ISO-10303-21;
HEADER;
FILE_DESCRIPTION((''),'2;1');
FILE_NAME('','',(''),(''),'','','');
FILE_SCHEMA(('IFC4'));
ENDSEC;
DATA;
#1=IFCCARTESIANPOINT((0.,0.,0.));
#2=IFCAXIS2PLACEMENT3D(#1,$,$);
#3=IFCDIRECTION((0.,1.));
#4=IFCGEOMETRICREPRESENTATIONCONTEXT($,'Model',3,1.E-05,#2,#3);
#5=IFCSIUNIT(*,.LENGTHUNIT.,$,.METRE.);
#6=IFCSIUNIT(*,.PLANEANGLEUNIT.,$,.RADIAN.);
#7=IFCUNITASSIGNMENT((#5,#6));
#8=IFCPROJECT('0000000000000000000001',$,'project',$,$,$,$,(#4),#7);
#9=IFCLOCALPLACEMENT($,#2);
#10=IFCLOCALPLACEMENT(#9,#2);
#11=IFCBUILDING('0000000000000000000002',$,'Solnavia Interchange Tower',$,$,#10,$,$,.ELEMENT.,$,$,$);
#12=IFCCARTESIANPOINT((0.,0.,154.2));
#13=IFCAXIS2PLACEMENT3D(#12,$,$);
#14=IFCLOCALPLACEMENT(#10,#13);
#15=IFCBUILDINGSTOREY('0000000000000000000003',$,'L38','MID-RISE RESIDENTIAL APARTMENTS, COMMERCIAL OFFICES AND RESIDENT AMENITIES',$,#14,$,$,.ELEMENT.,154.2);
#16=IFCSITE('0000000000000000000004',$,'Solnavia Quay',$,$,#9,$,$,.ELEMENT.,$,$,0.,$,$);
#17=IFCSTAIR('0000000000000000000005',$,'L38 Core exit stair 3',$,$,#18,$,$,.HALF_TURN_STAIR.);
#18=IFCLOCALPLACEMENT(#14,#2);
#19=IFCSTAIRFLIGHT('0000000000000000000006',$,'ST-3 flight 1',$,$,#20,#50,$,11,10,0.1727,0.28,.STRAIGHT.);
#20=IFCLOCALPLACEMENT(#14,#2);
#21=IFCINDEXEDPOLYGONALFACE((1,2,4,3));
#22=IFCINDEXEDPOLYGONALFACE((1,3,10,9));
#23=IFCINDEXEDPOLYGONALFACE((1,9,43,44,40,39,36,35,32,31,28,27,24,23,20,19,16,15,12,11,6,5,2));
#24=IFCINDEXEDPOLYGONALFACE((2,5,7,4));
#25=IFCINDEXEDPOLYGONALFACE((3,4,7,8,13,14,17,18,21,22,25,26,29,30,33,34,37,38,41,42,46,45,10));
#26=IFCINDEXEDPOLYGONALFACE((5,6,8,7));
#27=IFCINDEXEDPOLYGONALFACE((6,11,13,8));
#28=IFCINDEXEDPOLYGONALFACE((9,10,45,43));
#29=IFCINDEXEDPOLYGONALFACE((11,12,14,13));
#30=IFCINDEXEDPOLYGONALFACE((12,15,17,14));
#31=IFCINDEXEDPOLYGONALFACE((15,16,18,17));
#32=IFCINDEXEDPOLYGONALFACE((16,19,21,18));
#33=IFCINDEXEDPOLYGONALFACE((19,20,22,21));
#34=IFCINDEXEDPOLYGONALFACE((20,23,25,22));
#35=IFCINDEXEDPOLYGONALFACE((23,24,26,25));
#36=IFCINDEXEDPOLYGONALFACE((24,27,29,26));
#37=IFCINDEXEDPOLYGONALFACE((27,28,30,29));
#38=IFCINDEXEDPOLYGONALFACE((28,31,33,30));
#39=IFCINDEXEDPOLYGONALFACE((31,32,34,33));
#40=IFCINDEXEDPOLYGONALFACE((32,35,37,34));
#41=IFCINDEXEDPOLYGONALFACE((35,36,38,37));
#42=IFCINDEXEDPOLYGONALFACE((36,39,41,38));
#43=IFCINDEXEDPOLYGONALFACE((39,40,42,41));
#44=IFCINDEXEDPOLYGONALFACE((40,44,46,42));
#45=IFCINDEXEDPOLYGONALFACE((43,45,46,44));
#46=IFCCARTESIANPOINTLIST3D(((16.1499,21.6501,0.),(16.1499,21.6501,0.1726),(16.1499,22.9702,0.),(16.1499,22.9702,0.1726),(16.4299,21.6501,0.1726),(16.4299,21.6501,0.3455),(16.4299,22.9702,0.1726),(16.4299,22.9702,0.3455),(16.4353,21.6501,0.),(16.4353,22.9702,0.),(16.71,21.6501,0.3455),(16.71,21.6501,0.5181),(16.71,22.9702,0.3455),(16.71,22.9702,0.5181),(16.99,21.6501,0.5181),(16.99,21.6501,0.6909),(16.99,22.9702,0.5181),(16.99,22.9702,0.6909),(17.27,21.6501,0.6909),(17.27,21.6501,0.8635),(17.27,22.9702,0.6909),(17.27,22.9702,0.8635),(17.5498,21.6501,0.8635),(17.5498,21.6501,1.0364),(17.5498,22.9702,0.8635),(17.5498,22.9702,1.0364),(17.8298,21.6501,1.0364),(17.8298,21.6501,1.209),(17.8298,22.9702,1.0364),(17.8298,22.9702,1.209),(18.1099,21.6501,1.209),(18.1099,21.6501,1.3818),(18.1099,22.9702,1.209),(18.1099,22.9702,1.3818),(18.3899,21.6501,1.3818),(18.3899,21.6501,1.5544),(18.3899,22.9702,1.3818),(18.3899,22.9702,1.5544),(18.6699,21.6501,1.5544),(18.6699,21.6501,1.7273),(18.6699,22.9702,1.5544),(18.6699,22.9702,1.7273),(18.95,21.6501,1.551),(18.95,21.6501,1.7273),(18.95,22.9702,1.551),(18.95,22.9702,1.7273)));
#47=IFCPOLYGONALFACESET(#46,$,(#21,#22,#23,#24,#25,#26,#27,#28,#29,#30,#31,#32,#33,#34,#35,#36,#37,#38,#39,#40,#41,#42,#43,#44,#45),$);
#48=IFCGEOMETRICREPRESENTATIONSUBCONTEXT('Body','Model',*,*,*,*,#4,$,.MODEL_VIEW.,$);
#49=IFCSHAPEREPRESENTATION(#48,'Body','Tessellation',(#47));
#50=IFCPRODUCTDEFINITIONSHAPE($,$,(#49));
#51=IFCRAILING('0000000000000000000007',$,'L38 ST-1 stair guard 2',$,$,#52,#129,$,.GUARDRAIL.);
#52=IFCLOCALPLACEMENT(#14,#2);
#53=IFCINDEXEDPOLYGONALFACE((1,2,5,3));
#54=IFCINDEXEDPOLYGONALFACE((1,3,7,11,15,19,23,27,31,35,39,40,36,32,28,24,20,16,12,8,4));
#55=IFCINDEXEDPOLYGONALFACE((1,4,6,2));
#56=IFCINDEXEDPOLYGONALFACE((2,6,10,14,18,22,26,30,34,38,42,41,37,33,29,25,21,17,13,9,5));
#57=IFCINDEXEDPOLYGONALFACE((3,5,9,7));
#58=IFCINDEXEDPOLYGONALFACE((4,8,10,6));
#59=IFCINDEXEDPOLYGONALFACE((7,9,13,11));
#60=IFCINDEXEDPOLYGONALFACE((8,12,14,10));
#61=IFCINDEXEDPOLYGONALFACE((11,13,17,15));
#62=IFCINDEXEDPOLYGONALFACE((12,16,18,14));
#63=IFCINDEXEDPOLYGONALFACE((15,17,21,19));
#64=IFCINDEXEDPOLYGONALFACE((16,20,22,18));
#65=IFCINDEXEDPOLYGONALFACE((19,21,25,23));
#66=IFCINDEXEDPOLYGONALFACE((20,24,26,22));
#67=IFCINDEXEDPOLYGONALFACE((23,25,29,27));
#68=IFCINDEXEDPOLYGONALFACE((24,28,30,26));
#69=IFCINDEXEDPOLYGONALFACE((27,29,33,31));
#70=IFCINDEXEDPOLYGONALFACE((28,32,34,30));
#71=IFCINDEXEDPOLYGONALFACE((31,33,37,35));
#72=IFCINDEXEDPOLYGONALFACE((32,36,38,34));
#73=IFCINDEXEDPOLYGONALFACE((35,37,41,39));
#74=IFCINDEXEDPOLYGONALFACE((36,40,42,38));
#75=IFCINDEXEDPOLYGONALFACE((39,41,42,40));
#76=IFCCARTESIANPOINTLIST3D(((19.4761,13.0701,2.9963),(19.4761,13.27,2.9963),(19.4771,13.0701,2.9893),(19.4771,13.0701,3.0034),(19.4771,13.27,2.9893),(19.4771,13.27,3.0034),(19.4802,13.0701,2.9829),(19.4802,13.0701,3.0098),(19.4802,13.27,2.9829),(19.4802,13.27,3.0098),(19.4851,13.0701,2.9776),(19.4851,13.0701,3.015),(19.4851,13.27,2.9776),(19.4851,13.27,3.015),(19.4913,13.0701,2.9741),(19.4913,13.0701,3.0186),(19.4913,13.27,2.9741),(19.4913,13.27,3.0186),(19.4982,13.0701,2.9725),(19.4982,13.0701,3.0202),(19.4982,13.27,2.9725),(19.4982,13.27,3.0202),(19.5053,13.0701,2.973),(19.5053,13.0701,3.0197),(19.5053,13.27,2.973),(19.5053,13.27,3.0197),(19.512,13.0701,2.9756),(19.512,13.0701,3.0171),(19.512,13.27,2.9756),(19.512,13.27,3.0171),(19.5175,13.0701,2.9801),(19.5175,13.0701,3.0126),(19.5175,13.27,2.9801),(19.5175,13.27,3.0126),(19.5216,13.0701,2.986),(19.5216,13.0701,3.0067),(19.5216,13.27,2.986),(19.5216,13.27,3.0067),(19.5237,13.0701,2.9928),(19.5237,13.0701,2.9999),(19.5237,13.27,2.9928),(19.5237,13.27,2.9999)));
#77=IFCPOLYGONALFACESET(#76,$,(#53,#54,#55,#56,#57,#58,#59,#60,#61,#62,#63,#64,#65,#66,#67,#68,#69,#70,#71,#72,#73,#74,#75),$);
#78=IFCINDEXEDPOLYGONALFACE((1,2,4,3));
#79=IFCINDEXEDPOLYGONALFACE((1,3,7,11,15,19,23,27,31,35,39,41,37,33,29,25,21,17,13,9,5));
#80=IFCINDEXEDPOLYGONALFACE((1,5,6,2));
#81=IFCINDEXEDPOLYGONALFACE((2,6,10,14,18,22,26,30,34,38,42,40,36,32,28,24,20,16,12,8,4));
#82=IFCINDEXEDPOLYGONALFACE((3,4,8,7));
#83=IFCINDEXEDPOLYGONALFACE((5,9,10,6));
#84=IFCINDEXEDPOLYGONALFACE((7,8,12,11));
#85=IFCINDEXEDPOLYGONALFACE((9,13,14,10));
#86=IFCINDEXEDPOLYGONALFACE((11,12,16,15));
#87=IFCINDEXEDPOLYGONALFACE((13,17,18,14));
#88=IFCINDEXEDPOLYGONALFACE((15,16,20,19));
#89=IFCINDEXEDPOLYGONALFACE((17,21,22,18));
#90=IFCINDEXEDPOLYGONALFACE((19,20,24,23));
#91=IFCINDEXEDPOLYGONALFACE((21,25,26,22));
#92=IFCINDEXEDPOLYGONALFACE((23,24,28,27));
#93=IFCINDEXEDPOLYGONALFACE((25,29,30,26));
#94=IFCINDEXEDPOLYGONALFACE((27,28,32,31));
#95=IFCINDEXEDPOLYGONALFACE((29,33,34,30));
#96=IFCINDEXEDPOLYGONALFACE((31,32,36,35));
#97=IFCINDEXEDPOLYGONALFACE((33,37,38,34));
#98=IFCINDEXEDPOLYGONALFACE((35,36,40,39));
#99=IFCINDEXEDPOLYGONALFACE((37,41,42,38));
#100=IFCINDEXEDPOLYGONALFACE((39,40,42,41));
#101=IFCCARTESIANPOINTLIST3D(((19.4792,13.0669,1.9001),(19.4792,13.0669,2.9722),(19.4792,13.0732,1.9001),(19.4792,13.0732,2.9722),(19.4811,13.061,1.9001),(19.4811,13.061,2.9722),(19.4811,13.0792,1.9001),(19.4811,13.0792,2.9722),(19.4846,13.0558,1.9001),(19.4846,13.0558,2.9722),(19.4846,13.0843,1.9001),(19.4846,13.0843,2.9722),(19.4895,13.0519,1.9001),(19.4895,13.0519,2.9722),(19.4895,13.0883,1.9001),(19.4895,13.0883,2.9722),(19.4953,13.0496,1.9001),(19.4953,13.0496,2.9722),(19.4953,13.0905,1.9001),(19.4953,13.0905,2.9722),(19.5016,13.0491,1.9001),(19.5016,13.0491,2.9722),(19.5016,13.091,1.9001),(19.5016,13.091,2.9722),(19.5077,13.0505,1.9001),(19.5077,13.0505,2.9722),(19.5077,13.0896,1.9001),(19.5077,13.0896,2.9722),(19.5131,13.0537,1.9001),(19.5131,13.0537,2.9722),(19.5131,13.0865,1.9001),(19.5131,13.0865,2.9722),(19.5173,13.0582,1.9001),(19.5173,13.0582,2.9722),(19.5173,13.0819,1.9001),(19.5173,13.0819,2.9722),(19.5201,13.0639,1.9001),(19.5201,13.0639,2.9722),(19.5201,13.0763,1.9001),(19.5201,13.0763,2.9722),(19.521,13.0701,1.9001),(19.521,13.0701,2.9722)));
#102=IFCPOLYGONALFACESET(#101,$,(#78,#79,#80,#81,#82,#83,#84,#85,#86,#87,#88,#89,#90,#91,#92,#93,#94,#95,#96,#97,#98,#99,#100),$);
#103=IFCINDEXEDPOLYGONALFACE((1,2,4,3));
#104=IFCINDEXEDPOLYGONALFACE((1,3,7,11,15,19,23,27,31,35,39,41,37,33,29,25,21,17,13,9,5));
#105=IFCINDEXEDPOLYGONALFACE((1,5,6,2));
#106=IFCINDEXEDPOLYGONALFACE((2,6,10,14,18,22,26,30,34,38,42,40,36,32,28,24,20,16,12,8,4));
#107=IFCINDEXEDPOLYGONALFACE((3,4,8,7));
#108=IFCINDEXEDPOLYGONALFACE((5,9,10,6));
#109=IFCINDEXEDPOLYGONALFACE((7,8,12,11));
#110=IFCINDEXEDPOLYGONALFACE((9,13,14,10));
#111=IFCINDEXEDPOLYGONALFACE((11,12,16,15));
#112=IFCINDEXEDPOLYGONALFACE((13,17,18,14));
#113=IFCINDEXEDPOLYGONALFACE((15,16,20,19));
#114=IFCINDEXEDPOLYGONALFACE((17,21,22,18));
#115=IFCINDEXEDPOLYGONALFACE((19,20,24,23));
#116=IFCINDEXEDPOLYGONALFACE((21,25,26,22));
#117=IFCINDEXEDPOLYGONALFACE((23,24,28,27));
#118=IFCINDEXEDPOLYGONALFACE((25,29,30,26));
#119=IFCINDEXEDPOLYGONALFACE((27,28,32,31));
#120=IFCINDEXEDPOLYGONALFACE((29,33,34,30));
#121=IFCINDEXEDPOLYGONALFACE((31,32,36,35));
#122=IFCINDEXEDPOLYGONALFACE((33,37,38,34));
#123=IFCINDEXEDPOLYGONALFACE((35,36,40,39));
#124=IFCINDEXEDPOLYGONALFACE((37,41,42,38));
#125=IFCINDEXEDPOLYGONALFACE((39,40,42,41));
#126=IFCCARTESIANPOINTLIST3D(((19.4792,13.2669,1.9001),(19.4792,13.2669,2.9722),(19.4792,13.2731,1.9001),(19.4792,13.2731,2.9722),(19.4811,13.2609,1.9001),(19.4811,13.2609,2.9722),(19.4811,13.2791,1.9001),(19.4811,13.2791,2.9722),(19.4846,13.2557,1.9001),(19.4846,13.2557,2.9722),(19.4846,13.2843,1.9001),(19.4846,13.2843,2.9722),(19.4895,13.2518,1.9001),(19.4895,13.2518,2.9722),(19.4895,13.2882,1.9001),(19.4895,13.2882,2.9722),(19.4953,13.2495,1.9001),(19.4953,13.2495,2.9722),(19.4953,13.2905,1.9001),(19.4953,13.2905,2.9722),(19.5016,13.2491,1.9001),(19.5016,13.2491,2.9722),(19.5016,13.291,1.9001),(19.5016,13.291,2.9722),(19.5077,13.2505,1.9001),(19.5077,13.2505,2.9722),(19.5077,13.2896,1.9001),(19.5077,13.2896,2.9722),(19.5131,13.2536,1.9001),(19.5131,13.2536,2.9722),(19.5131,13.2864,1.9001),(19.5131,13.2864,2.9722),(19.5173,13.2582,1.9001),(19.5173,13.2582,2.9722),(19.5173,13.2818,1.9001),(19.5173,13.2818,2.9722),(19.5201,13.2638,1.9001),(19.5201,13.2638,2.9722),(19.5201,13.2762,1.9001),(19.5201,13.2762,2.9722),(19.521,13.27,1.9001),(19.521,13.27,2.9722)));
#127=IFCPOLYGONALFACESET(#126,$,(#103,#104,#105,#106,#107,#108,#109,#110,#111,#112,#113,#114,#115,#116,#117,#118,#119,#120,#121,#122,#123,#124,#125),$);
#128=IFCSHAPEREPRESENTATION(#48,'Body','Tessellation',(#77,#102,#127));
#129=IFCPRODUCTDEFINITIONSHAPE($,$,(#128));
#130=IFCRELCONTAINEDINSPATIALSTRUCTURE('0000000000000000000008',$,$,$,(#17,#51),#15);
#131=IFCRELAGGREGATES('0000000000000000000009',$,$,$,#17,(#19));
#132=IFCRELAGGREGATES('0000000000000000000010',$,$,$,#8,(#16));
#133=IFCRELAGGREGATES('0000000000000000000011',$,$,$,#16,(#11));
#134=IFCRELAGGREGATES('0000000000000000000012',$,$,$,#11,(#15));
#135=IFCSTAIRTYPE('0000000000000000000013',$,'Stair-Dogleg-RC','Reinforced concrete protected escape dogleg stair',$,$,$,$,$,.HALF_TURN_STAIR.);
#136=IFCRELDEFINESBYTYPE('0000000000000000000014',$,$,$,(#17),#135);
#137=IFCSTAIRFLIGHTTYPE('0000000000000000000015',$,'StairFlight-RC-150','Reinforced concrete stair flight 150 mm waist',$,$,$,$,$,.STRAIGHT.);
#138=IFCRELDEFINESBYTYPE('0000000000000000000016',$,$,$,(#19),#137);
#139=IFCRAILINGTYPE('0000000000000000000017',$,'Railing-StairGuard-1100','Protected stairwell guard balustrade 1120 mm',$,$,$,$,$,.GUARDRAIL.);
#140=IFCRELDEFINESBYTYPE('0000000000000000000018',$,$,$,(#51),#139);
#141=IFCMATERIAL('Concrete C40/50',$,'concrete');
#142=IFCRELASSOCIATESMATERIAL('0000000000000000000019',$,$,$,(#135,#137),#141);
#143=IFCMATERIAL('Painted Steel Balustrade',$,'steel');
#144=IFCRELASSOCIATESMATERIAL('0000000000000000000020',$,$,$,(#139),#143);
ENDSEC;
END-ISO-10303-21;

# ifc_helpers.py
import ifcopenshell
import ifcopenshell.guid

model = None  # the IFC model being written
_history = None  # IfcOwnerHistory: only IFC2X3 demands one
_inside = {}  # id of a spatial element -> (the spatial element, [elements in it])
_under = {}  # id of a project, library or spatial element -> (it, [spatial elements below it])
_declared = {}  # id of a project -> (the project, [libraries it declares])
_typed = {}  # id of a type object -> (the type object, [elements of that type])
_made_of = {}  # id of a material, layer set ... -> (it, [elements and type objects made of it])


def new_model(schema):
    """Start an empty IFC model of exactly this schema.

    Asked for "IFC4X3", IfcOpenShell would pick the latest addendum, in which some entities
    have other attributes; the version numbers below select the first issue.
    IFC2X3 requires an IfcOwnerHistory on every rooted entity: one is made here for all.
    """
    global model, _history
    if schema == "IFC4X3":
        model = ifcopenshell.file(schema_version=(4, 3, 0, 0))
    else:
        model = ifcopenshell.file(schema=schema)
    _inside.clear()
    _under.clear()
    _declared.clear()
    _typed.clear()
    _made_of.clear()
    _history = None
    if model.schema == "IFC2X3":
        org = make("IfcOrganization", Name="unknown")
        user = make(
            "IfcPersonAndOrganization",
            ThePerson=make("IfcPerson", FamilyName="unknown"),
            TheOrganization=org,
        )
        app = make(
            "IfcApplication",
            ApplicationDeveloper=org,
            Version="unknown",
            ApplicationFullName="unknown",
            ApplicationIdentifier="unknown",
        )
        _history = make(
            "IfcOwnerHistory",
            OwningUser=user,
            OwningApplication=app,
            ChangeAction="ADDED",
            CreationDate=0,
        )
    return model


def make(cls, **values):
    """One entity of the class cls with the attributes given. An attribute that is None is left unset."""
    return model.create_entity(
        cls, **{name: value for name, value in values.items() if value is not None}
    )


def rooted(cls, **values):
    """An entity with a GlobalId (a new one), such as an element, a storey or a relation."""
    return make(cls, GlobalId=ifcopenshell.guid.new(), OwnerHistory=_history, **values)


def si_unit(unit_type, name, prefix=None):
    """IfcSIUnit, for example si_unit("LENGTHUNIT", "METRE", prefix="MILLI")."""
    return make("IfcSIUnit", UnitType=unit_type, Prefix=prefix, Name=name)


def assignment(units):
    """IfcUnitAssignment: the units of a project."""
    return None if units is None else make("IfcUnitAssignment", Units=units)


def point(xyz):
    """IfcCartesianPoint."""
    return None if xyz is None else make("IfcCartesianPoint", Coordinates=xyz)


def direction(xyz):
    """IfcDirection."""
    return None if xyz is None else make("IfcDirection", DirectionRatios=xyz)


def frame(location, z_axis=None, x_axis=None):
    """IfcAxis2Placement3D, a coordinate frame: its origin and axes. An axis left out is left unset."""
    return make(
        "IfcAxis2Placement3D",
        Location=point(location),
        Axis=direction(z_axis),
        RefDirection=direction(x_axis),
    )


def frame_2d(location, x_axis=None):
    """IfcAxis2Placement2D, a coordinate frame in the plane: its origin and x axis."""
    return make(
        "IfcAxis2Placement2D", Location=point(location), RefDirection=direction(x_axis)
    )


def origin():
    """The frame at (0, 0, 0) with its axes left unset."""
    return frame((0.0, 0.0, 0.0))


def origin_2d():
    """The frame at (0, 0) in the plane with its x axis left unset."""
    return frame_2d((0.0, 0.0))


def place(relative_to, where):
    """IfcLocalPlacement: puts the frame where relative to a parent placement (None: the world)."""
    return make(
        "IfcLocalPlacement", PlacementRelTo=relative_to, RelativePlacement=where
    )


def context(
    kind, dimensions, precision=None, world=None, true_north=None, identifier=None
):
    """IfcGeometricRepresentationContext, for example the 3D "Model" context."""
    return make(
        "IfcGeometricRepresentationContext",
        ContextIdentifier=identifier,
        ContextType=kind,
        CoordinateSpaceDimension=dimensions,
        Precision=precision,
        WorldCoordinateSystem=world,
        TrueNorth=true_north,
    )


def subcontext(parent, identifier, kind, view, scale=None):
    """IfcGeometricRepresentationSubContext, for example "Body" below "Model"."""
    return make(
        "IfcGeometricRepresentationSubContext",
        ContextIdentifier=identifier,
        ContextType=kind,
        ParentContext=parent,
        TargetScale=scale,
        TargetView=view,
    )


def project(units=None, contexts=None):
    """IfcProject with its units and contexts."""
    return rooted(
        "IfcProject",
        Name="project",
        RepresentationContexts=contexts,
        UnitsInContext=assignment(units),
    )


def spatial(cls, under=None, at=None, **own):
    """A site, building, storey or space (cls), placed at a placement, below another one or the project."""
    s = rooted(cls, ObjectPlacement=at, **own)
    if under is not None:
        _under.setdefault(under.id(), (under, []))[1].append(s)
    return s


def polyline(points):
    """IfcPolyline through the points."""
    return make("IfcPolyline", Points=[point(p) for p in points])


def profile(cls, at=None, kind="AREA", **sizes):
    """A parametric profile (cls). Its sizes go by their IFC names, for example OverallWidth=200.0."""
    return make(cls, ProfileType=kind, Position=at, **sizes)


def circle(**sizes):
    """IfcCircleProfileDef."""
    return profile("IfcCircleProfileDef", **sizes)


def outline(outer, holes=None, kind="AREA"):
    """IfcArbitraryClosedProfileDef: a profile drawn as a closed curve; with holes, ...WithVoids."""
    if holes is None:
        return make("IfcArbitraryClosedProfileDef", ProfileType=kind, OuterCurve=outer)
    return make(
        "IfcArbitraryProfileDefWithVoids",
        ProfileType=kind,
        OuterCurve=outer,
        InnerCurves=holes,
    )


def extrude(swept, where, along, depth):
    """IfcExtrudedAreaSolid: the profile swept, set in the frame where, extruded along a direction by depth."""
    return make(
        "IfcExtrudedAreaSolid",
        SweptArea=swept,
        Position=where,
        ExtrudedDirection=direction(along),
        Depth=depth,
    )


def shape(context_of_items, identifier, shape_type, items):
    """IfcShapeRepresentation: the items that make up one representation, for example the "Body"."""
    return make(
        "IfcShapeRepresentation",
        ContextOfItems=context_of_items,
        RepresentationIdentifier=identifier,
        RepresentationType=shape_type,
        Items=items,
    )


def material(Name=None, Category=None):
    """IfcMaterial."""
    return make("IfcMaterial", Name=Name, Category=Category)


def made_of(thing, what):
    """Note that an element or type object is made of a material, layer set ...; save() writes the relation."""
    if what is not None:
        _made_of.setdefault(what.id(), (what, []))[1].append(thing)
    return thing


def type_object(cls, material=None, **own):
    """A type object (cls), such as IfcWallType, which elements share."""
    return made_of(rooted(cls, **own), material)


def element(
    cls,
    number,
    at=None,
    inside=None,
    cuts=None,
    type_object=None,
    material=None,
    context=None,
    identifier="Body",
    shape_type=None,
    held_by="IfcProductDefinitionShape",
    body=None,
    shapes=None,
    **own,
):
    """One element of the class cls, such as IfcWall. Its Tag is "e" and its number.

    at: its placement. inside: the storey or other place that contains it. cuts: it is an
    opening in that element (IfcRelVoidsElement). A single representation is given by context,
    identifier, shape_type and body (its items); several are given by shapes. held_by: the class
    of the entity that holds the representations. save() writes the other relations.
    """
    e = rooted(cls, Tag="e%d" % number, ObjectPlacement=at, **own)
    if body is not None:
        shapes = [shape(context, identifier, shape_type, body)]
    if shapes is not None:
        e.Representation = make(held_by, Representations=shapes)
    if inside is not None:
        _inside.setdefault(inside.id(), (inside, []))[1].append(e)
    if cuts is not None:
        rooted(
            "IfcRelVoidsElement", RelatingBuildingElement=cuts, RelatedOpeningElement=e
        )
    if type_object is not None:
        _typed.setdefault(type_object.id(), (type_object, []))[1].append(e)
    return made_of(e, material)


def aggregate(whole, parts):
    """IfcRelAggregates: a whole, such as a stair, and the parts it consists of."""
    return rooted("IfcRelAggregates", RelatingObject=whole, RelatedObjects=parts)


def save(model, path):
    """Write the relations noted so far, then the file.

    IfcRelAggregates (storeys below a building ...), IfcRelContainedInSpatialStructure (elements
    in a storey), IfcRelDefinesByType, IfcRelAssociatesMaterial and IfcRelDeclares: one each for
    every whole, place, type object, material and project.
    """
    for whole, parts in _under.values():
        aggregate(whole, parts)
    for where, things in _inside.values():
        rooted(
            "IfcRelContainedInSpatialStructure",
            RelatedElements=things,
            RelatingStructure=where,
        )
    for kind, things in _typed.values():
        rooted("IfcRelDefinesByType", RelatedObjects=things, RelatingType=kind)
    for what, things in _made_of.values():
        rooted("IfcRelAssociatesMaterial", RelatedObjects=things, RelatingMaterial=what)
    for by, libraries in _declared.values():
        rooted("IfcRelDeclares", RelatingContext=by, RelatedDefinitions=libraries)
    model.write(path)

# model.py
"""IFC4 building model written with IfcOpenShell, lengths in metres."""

from ifc_helpers import new_model, si_unit, direction, frame, origin, origin_2d, place, context, subcontext, project, spatial, polyline, circle, outline, extrude, material, type_object, element, aggregate, save


model = new_model("IFC4")

# Units and contexts
model_context = context("Model", 3, precision=1e-05, world=origin(), true_north=direction((0.0, 1.0)))
body_context = subcontext(model_context, "Body", "Model", "MODEL_VIEW")
ifc_project = project(units=[si_unit("LENGTHUNIT", "METRE"), si_unit("PLANEANGLEUNIT", "RADIAN")], contexts=[model_context])

# Site, building, storey
site_placement = place(None, origin())
site = spatial("IfcSite", under=ifc_project, at=site_placement, Name="Solnavia Quay", CompositionType="ELEMENT", RefElevation=0.0)
building_placement = place(site_placement, origin())
building = spatial("IfcBuilding", under=site, at=building_placement, Name="Solnavia Interchange Tower", CompositionType="ELEMENT")
storey_placement = place(building_placement, frame((0.0, 0.0, 154.2)))
storey = spatial("IfcBuildingStorey", under=building, at=storey_placement, Name="L38", Description="MID-RISE RESIDENTIAL APARTMENTS, COMMERCIAL OFFICES AND RESIDENT AMENITIES", CompositionType="ELEMENT", Elevation=154.2)

# Shared definitions
ifc_material_1 = material(Name="Concrete C40/50", Category="concrete")

# Stair, stair flight
stair_type = type_object("IfcStairType", Name="Stair-Dogleg-RC", Description="Reinforced concrete protected escape dogleg stair", PredefinedType="HALF_TURN_STAIR", material=ifc_material_1)
stair_flight_type = type_object("IfcStairFlightType", Name="StairFlight-RC-150", Description="Reinforced concrete stair flight 150 mm waist", PredefinedType="STRAIGHT", material=ifc_material_1)
stair_1_placement = place(storey_placement, origin())
stair_1 = element("IfcStair", 1, at=stair_1_placement, inside=storey, type_object=stair_type, Name="L38 Core exit stair 3", PredefinedType="HALF_TURN_STAIR")
stair_flight_1_placement = place(storey_placement, frame((16.1499, 22.3101, 0.0), z_axis=(0.0, 0.0, 1.0), x_axis=(1.0, 0.0, 0.0)))
stair_flight_1 = element("IfcStairFlight", 2, at=stair_flight_1_placement, type_object=stair_flight_type, Name="ST-3 flight 1", NumberOfRisers=11, NumberOfTreads=10, PredefinedType="STRAIGHT", RiserHeight=0.1727, TreadLength=0.28, context=body_context, shape_type="SweptSolid", body=[
    extrude(outline(polyline([(0.0, 0.0), (0.0, 0.1726), (0.28, 0.1726), (0.28, 0.3455), (0.5601, 0.3455), (0.5601, 0.5181), (0.8401, 0.5181), (0.8401, 0.6909), (1.1201, 0.6909), (1.1201, 0.8635), (1.3999, 0.8635), (1.3999, 1.0364), (1.6799, 1.0364), (1.6799, 1.209), (1.96, 1.209), (1.96, 1.3818), (2.24, 1.3818), (2.24, 1.5544), (2.52, 1.5544), (2.52, 1.7273), (2.8, 1.7273), (2.8, 1.8999), (2.8, 1.551), (0.2854, 0.0), (0.0, 0.0)])), frame((0.0, 0.6602, 0.0), z_axis=(0.0, -1.0, 0.0), x_axis=(1.0, 0.0, 0.0)), (0.0, 0.0, 1.0), 1.3201),
])
aggregate(stair_1, [stair_flight_1])

# Railing
ifc_material_2 = material(Name="Painted Steel Balustrade", Category="steel")
railing_type_1 = type_object("IfcRailingType", Name="Railing-StairGuard-1100", Description="Protected stairwell guard balustrade 1120 mm", PredefinedType="GUARDRAIL", material=ifc_material_2)
railing_1_placement = place(storey_placement, frame((19.5, 13.0701, 1.9001)))
element("IfcRailing", 3, at=railing_1_placement, inside=storey, type_object=railing_type_1, Name="L38 ST-1 stair guard 2", PredefinedType="GUARDRAIL", context=body_context, shape_type="SweptSolid", body=[
    extrude(circle(Radius=0.0239, at=origin_2d()), frame((0.0, 0.0, 1.0962), z_axis=(0.0, 1.0, 0.0), x_axis=(-1.0, 0.0, 0.0)), (0.0, 0.0, 1.0), 0.2),
    extrude(circle(Radius=0.021, at=origin_2d()), origin(), (0.0, 0.0, 1.0), 1.072),
    extrude(circle(Radius=0.021, at=origin_2d()), frame((0.0, 0.2, 0.0)), (0.0, 0.0, 1.0), 1.072),
])

save(model, "model.ifc")
